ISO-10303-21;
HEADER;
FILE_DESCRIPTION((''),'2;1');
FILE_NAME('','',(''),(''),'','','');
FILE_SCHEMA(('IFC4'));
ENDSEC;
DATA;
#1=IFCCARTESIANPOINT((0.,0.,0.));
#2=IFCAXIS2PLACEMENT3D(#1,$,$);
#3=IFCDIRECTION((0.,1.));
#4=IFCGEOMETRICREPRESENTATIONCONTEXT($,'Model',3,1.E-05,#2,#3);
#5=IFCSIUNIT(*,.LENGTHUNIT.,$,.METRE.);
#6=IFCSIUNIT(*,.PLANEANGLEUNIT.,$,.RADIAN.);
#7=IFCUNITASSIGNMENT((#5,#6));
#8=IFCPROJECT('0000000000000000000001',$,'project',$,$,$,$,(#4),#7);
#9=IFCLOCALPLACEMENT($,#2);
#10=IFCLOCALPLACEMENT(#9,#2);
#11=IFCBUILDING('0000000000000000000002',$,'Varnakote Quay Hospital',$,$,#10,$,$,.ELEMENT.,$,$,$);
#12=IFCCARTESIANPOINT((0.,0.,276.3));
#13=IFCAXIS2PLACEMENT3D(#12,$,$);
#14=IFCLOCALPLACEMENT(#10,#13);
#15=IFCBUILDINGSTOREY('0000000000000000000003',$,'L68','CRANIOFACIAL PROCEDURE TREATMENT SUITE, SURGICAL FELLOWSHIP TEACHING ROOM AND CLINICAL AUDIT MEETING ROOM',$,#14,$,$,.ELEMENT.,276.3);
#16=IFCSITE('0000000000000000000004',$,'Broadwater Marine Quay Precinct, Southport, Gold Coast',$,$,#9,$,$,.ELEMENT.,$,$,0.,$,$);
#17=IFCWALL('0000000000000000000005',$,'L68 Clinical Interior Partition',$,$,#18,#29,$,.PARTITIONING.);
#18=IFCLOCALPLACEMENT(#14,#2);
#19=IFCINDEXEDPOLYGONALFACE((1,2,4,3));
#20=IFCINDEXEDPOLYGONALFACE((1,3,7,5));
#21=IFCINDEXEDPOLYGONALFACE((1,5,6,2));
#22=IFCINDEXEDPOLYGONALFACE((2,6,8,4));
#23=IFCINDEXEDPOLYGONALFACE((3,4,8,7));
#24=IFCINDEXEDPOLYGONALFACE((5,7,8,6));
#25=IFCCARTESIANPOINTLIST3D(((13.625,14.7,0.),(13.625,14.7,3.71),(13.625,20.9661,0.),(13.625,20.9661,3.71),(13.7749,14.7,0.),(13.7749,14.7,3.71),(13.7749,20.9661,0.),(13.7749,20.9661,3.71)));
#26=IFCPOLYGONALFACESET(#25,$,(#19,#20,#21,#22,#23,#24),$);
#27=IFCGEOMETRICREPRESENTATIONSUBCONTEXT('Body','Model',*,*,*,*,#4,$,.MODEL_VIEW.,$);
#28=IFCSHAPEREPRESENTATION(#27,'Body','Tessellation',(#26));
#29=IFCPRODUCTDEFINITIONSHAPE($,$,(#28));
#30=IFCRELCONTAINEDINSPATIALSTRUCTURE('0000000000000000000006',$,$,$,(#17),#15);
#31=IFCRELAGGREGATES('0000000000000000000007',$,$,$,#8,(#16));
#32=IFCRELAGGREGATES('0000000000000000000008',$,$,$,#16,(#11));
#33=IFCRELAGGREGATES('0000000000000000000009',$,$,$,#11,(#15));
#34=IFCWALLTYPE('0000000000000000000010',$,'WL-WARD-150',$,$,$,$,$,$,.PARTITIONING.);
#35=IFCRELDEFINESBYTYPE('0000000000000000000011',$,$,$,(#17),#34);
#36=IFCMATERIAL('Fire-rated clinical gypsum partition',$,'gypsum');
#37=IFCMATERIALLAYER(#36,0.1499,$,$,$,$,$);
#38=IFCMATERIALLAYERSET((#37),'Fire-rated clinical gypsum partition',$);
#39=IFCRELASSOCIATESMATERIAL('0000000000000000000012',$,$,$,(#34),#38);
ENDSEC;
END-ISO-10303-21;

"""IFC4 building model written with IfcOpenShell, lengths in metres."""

from ifc_helpers import new_model, si_unit, direction, frame, frame_2d, origin, place, context, subcontext, project, spatial, rectangle, extrude, material, layer, layer_set, type_object, element, save


model = new_model("IFC4")

# Units and contexts
model_context = context("Model", 3, precision=1e-05, world=origin(), true_north=direction((0.0, 1.0)))
body_context = subcontext(model_context, "Body", "Model", "MODEL_VIEW")
ifc_project = project(units=[si_unit("LENGTHUNIT", "METRE"), si_unit("PLANEANGLEUNIT", "RADIAN")], contexts=[model_context])

# Site, building, storey
site_placement = place(None, origin())
site = spatial("IfcSite", under=ifc_project, at=site_placement, Name="Broadwater Marine Quay Precinct, Southport, Gold Coast", CompositionType="ELEMENT", RefElevation=0.0)
building_placement = place(site_placement, origin())
building = spatial("IfcBuilding", under=site, at=building_placement, Name="Varnakote Quay Hospital", CompositionType="ELEMENT")
storey_placement = place(building_placement, frame((0.0, 0.0, 276.3)))
storey = spatial("IfcBuildingStorey", under=building, at=storey_placement, Name="L68", Description="CRANIOFACIAL PROCEDURE TREATMENT SUITE, SURGICAL FELLOWSHIP TEACHING ROOM AND CLINICAL AUDIT MEETING ROOM", CompositionType="ELEMENT", Elevation=276.3)

# Shared definitions
ifc_material_1 = material(Name="Fire-rated clinical gypsum partition", Category="gypsum")
ifc_layer_1 = layer(ifc_material_1, 0.1499)
ifc_layer_set_1 = layer_set([ifc_layer_1], Name="Fire-rated clinical gypsum partition")
wall_type_1 = type_object("IfcWallType", Name="WL-WARD-150", PredefinedType="PARTITIONING", material=ifc_layer_set_1)

# Wall
for number, where, z_axis, x_axis, name in (
    (1, (13.7, 14.7, 0.0), (0.0, 0.0, 1.0), (0.0, 1.0, 0.0), "L68 Clinical Interior Partition"),
):
    element("IfcWall", number, at=place(storey_placement, frame(where, z_axis=z_axis, x_axis=x_axis)), inside=storey, type_object=wall_type_1, Name=name, PredefinedType="PARTITIONING", context=body_context, shape_type="SweptSolid", body=[
        extrude(rectangle(XDim=6.2661, YDim=0.1499, at=frame_2d((3.1331, 0.0))), origin(), (0.0, 0.0, 1.0), 3.71),
    ])

save(model, "model.ifc")
